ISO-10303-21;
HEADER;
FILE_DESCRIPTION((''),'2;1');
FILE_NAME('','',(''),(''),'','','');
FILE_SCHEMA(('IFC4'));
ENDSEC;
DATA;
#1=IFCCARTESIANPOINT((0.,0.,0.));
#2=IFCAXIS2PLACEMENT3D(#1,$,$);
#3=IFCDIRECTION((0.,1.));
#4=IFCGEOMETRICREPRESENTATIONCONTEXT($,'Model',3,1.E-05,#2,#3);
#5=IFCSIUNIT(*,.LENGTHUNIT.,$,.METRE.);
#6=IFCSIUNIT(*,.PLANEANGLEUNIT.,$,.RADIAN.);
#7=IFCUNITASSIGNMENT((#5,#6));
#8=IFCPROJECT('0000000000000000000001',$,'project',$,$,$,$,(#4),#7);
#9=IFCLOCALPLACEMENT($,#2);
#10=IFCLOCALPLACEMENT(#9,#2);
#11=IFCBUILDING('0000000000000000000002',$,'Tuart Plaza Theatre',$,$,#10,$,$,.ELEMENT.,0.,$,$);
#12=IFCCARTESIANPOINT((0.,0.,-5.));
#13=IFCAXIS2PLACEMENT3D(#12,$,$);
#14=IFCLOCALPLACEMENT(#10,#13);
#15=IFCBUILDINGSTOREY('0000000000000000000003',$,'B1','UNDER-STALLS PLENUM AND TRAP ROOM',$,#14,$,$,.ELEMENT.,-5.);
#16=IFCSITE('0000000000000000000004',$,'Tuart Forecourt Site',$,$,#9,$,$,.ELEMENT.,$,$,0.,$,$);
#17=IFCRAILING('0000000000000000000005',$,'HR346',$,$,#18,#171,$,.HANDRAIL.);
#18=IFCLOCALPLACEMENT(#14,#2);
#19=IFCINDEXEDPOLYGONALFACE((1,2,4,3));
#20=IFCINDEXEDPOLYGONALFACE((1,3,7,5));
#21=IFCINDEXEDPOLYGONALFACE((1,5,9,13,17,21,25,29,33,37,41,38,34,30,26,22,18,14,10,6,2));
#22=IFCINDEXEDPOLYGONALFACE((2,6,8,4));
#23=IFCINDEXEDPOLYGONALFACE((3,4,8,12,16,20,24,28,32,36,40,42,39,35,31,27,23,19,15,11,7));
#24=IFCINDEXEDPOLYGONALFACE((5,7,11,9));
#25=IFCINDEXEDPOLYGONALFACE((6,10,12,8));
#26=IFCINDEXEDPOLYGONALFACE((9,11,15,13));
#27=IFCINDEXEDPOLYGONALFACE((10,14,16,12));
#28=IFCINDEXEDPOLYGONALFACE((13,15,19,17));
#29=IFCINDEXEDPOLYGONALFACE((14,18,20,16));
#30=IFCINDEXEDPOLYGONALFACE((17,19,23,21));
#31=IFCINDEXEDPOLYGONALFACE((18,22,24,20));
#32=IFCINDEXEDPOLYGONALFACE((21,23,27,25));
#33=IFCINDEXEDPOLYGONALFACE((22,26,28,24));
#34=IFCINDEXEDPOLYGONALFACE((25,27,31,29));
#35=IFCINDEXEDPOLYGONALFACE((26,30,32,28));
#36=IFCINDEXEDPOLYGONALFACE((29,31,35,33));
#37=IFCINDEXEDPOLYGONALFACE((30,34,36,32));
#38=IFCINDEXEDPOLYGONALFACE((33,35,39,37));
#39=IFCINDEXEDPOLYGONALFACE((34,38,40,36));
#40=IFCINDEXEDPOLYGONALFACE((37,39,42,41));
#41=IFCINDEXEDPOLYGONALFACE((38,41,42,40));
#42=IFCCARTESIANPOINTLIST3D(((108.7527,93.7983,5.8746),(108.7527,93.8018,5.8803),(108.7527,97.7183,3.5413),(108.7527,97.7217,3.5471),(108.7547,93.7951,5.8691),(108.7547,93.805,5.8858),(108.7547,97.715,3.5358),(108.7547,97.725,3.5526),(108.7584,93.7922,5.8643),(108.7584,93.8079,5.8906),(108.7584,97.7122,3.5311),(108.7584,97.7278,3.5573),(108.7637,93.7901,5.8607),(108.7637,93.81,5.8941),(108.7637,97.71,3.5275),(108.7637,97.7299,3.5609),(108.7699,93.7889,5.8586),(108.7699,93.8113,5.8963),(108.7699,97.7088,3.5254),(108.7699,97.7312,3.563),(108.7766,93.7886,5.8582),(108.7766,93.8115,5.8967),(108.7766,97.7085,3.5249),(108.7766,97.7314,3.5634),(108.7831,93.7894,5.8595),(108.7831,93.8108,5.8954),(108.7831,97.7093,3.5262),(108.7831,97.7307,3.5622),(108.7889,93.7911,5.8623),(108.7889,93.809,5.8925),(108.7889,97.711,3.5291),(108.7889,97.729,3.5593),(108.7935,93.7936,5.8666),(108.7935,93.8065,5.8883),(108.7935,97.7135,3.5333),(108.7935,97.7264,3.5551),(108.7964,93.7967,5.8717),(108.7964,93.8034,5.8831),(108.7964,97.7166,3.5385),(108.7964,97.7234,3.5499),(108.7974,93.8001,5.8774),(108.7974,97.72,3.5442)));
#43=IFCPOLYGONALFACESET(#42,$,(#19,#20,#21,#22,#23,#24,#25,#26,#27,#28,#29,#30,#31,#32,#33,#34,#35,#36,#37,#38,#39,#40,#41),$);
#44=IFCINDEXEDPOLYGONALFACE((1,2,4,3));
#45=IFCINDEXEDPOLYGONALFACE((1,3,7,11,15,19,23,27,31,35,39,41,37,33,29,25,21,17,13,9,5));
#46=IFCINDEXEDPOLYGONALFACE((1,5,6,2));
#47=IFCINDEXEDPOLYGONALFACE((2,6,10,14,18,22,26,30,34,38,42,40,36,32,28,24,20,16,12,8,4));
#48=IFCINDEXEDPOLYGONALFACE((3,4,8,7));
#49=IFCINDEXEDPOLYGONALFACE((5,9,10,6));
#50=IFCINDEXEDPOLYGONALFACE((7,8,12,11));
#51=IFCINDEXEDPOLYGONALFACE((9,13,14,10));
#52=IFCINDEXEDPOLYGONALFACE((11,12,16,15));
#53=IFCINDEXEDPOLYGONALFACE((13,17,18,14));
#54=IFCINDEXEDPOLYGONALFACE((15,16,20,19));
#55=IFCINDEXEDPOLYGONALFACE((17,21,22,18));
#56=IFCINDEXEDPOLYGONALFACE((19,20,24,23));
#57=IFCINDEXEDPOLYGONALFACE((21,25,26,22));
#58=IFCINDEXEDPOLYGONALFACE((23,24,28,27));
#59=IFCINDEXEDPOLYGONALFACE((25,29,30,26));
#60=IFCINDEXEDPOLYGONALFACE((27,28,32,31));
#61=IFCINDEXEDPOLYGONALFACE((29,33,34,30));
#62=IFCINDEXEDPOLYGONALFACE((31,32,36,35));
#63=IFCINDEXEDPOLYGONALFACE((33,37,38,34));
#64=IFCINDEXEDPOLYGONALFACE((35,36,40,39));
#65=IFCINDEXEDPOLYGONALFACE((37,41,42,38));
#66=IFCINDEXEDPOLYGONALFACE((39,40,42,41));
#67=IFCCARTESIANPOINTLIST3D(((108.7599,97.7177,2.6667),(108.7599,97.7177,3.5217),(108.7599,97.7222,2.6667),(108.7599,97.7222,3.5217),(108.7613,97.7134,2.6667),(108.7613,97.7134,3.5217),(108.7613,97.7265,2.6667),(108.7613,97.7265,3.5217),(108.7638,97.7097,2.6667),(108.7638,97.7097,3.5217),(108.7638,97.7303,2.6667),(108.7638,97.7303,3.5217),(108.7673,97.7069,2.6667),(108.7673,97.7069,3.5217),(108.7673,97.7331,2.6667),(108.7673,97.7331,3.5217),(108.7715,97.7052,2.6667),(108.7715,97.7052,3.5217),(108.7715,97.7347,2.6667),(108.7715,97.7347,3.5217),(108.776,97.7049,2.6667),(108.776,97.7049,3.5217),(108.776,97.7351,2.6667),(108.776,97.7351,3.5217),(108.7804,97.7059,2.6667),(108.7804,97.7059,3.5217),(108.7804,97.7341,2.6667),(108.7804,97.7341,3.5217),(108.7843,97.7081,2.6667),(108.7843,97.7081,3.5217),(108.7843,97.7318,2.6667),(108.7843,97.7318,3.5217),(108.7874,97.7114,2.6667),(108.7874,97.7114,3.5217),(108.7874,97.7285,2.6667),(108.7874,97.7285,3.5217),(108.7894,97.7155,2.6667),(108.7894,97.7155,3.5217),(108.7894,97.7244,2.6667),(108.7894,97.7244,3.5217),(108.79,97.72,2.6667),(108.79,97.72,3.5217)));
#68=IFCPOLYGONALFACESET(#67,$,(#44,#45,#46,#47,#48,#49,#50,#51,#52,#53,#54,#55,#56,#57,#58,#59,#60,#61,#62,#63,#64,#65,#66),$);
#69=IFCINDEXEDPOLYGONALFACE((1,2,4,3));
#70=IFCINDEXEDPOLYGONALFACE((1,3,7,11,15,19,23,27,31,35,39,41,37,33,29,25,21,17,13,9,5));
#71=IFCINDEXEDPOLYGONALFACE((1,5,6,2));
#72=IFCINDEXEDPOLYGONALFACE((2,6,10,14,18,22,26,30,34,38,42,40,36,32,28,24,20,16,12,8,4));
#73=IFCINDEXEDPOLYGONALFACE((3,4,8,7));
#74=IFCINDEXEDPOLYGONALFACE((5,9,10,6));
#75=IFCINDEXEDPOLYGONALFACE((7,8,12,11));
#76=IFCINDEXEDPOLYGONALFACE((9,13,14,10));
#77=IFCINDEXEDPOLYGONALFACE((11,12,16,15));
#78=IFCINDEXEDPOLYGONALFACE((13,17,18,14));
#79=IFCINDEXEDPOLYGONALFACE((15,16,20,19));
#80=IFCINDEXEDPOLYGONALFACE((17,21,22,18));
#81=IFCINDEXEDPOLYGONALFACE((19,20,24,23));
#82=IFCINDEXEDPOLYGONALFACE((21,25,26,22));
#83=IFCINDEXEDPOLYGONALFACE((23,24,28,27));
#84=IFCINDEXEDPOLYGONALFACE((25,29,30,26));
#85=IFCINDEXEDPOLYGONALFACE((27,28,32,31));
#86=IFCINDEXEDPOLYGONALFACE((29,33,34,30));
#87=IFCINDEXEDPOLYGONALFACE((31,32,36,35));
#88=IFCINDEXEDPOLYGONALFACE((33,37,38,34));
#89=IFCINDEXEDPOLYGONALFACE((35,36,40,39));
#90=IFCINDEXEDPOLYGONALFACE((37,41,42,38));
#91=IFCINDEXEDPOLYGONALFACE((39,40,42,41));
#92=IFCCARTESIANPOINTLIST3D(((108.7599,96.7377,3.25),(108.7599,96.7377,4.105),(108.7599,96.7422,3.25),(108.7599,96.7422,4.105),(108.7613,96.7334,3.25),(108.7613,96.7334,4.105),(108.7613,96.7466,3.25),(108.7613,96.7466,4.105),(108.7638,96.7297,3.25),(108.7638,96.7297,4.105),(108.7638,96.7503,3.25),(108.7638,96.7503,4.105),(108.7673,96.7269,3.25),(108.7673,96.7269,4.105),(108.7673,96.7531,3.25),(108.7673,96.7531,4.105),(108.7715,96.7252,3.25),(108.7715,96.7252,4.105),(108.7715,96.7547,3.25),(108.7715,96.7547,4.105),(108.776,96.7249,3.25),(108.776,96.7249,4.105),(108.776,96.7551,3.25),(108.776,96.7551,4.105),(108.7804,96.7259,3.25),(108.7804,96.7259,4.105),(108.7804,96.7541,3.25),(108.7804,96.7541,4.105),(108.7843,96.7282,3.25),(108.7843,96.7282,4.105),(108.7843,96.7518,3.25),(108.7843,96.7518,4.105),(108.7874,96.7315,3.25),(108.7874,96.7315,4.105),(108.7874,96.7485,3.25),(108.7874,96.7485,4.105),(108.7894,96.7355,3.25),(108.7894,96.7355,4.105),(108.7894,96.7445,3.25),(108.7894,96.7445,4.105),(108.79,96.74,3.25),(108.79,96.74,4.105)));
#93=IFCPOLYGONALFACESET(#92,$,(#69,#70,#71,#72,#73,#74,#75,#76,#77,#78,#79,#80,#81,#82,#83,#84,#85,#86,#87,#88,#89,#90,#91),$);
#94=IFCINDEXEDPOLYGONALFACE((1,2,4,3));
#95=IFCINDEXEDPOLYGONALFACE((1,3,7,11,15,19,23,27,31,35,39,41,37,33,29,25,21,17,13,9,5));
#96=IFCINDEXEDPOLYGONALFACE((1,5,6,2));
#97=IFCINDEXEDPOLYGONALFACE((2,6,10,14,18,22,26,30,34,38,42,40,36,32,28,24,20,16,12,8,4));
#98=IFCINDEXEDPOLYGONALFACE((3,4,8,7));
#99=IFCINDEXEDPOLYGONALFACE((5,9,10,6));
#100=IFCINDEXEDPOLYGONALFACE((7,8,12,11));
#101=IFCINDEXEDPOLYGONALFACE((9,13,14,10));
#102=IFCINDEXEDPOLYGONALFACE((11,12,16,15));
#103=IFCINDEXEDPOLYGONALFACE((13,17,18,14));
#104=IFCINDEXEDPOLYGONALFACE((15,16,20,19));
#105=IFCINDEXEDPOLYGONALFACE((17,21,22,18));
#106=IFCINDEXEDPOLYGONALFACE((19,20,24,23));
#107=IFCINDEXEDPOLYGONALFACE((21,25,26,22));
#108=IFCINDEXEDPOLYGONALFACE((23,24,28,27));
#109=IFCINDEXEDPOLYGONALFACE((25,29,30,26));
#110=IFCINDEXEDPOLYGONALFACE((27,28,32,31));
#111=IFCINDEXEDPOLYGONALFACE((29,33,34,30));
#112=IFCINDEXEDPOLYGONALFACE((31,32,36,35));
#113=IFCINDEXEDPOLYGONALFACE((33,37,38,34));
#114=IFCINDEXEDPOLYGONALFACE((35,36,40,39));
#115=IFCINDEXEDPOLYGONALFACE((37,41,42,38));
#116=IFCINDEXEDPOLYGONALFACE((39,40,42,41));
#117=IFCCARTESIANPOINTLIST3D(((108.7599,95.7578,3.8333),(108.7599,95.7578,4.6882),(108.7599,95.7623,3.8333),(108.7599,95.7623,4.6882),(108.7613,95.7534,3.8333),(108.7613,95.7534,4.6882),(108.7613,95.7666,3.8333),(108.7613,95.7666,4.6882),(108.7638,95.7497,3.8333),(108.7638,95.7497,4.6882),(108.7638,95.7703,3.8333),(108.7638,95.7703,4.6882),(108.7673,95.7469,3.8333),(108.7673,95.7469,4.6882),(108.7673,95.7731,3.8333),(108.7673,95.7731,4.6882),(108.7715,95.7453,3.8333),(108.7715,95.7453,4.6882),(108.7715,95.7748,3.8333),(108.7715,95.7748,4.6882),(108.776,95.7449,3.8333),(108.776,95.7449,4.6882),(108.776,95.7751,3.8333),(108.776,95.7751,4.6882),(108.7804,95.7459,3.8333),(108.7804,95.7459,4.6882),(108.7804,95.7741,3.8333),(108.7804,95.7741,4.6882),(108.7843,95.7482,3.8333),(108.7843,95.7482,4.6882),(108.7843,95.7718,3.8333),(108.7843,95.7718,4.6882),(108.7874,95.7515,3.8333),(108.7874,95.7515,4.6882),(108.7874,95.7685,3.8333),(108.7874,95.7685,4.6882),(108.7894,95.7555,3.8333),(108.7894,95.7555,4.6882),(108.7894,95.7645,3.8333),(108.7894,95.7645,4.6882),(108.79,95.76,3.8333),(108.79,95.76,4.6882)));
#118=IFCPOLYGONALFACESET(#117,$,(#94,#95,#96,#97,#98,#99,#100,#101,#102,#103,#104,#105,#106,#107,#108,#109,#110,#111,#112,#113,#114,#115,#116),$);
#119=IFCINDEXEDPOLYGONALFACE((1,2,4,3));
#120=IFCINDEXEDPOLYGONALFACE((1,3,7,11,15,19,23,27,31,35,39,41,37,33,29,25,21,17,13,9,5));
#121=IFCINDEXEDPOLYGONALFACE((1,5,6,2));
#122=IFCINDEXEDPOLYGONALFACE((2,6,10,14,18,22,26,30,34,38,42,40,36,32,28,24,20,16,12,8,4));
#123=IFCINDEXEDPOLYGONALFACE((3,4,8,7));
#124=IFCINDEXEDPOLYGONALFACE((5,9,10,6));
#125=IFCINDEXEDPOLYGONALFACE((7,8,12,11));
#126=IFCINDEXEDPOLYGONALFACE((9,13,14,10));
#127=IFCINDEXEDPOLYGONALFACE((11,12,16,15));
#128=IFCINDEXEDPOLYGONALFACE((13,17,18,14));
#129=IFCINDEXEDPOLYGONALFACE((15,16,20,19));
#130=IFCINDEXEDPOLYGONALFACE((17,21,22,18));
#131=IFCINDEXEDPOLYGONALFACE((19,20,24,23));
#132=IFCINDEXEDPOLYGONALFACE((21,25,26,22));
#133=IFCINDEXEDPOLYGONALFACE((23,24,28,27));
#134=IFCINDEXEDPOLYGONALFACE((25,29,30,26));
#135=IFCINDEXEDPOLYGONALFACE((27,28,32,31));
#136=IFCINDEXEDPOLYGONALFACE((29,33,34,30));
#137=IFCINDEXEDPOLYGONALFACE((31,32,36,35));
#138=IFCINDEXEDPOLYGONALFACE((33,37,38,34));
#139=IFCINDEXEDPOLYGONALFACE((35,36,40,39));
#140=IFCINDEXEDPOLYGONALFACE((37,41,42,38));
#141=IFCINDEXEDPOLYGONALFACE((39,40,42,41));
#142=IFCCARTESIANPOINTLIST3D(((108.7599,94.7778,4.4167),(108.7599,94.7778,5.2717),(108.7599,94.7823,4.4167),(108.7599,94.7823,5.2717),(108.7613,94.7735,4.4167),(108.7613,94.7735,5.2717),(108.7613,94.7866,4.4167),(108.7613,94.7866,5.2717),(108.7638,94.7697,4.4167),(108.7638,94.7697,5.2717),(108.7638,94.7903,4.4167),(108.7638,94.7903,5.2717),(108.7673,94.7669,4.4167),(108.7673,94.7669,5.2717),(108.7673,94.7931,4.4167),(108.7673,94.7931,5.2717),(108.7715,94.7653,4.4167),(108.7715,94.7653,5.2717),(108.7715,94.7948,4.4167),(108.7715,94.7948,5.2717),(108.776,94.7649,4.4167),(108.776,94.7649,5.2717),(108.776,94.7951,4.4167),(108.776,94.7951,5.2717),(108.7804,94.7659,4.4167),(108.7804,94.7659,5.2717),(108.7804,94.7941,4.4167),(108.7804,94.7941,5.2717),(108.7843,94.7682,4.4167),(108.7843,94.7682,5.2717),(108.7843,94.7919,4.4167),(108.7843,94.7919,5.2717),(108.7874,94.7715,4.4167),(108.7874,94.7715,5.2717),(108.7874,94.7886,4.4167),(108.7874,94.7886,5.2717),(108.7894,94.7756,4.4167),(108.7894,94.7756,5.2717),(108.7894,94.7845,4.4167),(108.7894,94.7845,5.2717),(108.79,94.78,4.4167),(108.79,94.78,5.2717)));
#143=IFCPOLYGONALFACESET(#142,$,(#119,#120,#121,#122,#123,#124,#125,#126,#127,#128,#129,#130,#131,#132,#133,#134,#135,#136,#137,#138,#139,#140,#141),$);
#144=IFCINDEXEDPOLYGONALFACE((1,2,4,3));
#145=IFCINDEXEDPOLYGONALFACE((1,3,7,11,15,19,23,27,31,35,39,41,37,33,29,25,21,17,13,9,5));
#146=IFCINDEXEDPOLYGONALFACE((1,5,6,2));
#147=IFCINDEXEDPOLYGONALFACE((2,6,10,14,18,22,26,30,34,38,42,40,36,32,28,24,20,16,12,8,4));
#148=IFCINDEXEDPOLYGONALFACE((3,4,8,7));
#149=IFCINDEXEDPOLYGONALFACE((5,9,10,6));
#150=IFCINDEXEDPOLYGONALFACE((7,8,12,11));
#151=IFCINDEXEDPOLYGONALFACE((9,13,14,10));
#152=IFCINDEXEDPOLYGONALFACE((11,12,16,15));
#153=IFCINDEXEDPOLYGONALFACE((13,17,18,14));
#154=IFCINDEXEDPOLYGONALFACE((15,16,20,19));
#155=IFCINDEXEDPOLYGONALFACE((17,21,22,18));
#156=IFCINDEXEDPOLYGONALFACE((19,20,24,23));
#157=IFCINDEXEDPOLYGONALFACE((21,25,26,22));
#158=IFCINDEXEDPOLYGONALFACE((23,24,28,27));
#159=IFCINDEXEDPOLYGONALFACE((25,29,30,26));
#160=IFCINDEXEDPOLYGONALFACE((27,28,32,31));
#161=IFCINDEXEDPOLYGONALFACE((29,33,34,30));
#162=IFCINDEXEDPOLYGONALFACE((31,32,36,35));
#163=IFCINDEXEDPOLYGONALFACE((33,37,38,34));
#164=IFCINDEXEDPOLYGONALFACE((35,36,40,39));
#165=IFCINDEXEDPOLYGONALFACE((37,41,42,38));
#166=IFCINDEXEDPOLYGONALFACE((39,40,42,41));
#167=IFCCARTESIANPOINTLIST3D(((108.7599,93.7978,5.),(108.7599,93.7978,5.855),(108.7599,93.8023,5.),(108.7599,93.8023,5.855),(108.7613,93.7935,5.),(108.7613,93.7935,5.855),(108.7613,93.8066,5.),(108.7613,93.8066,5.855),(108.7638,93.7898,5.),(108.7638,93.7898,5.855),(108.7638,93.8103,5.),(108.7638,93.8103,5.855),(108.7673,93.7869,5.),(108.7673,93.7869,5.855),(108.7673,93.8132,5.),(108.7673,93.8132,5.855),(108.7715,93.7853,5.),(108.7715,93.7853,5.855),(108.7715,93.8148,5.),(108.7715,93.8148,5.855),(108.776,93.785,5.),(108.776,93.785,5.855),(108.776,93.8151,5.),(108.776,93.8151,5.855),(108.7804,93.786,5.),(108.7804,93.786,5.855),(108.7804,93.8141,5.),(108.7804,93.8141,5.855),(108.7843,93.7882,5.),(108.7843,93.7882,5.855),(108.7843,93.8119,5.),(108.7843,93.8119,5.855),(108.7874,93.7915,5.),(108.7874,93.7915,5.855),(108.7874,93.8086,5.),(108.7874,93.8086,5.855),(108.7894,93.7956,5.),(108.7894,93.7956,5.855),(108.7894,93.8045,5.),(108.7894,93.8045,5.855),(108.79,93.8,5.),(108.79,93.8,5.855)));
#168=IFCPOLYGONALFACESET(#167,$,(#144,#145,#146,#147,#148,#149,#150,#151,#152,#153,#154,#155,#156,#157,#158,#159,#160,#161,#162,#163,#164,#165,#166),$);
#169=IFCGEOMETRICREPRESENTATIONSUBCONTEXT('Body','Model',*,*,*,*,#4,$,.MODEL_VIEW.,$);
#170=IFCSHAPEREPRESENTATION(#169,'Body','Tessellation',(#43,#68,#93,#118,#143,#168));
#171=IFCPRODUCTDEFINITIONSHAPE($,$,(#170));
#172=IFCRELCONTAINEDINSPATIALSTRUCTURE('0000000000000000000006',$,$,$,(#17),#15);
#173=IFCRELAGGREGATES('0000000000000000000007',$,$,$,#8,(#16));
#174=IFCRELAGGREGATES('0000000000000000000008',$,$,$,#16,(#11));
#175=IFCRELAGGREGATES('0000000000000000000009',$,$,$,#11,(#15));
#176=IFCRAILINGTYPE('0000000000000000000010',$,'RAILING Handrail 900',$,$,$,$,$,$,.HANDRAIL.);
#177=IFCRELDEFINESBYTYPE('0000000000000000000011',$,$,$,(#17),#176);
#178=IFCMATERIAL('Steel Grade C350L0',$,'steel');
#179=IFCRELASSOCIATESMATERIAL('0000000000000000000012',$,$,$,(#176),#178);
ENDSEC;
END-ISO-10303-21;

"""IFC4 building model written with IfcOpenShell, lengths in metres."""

from ifc_helpers import new_model, si_unit, direction, frame, origin, origin_2d, place, context, subcontext, project, spatial, circle, extrude, material, type_object, element, save


model = new_model("IFC4")

# Units and contexts
model_context = context("Model", 3, precision=1e-05, world=origin(), true_north=direction((0.0, 1.0)))
body_context = subcontext(model_context, "Body", "Model", "MODEL_VIEW")
ifc_project = project(units=[si_unit("LENGTHUNIT", "METRE"), si_unit("PLANEANGLEUNIT", "RADIAN")], contexts=[model_context])

# Site, building, storey
site_placement = place(None, origin())
site = spatial("IfcSite", under=ifc_project, at=site_placement, Name="Tuart Forecourt Site", CompositionType="ELEMENT", RefElevation=0.0)
building_placement = place(site_placement, origin())
building = spatial("IfcBuilding", under=site, at=building_placement, Name="Tuart Plaza Theatre", CompositionType="ELEMENT", ElevationOfRefHeight=0.0)
storey_placement = place(building_placement, frame((0.0, 0.0, -5.0)))
storey = spatial("IfcBuildingStorey", under=building, at=storey_placement, Name="B1", Description="UNDER-STALLS PLENUM AND TRAP ROOM", CompositionType="ELEMENT", Elevation=-5.0)

# Railing
ifc_material_1 = material(Name="Steel Grade C350L0", Category="steel")
railing_type_1 = type_object("IfcRailingType", Name="RAILING Handrail 900", PredefinedType="HANDRAIL", material=ifc_material_1)
for number, where, name in (
    (1, (108.7749, 97.72, 2.6667), "HR346"),
):
    element("IfcRailing", number, at=place(storey_placement, frame(where)), inside=storey, type_object=railing_type_1, Name=name, PredefinedType="HANDRAIL", context=body_context, shape_type="SweptSolid", body=[
        extrude(circle(Radius=0.0225, at=origin_2d()), frame((0.0, 0.0, 0.8774), z_axis=(0.0, -0.859296, 0.511478), x_axis=(1.0, 0.0, 0.0)), (0.0, 0.0, 1.0), 4.5618),
        extrude(circle(Radius=0.0151, at=origin_2d()), origin(), (0.0, 0.0, 1.0), 0.855),
        extrude(circle(Radius=0.0151, at=origin_2d()), frame((0.0, -0.98, 0.5833)), (0.0, 0.0, 1.0), 0.855),
        extrude(circle(Radius=0.0151, at=origin_2d()), frame((0.0, -1.96, 1.1665)), (0.0, 0.0, 1.0), 0.855),
        extrude(circle(Radius=0.0151, at=origin_2d()), frame((0.0, -2.9399, 1.75)), (0.0, 0.0, 1.0), 0.855),
        extrude(circle(Radius=0.0151, at=origin_2d()), frame((0.0, -3.9199, 2.3333)), (0.0, 0.0, 1.0), 0.855),
    ])

save(model, "model.ifc")
